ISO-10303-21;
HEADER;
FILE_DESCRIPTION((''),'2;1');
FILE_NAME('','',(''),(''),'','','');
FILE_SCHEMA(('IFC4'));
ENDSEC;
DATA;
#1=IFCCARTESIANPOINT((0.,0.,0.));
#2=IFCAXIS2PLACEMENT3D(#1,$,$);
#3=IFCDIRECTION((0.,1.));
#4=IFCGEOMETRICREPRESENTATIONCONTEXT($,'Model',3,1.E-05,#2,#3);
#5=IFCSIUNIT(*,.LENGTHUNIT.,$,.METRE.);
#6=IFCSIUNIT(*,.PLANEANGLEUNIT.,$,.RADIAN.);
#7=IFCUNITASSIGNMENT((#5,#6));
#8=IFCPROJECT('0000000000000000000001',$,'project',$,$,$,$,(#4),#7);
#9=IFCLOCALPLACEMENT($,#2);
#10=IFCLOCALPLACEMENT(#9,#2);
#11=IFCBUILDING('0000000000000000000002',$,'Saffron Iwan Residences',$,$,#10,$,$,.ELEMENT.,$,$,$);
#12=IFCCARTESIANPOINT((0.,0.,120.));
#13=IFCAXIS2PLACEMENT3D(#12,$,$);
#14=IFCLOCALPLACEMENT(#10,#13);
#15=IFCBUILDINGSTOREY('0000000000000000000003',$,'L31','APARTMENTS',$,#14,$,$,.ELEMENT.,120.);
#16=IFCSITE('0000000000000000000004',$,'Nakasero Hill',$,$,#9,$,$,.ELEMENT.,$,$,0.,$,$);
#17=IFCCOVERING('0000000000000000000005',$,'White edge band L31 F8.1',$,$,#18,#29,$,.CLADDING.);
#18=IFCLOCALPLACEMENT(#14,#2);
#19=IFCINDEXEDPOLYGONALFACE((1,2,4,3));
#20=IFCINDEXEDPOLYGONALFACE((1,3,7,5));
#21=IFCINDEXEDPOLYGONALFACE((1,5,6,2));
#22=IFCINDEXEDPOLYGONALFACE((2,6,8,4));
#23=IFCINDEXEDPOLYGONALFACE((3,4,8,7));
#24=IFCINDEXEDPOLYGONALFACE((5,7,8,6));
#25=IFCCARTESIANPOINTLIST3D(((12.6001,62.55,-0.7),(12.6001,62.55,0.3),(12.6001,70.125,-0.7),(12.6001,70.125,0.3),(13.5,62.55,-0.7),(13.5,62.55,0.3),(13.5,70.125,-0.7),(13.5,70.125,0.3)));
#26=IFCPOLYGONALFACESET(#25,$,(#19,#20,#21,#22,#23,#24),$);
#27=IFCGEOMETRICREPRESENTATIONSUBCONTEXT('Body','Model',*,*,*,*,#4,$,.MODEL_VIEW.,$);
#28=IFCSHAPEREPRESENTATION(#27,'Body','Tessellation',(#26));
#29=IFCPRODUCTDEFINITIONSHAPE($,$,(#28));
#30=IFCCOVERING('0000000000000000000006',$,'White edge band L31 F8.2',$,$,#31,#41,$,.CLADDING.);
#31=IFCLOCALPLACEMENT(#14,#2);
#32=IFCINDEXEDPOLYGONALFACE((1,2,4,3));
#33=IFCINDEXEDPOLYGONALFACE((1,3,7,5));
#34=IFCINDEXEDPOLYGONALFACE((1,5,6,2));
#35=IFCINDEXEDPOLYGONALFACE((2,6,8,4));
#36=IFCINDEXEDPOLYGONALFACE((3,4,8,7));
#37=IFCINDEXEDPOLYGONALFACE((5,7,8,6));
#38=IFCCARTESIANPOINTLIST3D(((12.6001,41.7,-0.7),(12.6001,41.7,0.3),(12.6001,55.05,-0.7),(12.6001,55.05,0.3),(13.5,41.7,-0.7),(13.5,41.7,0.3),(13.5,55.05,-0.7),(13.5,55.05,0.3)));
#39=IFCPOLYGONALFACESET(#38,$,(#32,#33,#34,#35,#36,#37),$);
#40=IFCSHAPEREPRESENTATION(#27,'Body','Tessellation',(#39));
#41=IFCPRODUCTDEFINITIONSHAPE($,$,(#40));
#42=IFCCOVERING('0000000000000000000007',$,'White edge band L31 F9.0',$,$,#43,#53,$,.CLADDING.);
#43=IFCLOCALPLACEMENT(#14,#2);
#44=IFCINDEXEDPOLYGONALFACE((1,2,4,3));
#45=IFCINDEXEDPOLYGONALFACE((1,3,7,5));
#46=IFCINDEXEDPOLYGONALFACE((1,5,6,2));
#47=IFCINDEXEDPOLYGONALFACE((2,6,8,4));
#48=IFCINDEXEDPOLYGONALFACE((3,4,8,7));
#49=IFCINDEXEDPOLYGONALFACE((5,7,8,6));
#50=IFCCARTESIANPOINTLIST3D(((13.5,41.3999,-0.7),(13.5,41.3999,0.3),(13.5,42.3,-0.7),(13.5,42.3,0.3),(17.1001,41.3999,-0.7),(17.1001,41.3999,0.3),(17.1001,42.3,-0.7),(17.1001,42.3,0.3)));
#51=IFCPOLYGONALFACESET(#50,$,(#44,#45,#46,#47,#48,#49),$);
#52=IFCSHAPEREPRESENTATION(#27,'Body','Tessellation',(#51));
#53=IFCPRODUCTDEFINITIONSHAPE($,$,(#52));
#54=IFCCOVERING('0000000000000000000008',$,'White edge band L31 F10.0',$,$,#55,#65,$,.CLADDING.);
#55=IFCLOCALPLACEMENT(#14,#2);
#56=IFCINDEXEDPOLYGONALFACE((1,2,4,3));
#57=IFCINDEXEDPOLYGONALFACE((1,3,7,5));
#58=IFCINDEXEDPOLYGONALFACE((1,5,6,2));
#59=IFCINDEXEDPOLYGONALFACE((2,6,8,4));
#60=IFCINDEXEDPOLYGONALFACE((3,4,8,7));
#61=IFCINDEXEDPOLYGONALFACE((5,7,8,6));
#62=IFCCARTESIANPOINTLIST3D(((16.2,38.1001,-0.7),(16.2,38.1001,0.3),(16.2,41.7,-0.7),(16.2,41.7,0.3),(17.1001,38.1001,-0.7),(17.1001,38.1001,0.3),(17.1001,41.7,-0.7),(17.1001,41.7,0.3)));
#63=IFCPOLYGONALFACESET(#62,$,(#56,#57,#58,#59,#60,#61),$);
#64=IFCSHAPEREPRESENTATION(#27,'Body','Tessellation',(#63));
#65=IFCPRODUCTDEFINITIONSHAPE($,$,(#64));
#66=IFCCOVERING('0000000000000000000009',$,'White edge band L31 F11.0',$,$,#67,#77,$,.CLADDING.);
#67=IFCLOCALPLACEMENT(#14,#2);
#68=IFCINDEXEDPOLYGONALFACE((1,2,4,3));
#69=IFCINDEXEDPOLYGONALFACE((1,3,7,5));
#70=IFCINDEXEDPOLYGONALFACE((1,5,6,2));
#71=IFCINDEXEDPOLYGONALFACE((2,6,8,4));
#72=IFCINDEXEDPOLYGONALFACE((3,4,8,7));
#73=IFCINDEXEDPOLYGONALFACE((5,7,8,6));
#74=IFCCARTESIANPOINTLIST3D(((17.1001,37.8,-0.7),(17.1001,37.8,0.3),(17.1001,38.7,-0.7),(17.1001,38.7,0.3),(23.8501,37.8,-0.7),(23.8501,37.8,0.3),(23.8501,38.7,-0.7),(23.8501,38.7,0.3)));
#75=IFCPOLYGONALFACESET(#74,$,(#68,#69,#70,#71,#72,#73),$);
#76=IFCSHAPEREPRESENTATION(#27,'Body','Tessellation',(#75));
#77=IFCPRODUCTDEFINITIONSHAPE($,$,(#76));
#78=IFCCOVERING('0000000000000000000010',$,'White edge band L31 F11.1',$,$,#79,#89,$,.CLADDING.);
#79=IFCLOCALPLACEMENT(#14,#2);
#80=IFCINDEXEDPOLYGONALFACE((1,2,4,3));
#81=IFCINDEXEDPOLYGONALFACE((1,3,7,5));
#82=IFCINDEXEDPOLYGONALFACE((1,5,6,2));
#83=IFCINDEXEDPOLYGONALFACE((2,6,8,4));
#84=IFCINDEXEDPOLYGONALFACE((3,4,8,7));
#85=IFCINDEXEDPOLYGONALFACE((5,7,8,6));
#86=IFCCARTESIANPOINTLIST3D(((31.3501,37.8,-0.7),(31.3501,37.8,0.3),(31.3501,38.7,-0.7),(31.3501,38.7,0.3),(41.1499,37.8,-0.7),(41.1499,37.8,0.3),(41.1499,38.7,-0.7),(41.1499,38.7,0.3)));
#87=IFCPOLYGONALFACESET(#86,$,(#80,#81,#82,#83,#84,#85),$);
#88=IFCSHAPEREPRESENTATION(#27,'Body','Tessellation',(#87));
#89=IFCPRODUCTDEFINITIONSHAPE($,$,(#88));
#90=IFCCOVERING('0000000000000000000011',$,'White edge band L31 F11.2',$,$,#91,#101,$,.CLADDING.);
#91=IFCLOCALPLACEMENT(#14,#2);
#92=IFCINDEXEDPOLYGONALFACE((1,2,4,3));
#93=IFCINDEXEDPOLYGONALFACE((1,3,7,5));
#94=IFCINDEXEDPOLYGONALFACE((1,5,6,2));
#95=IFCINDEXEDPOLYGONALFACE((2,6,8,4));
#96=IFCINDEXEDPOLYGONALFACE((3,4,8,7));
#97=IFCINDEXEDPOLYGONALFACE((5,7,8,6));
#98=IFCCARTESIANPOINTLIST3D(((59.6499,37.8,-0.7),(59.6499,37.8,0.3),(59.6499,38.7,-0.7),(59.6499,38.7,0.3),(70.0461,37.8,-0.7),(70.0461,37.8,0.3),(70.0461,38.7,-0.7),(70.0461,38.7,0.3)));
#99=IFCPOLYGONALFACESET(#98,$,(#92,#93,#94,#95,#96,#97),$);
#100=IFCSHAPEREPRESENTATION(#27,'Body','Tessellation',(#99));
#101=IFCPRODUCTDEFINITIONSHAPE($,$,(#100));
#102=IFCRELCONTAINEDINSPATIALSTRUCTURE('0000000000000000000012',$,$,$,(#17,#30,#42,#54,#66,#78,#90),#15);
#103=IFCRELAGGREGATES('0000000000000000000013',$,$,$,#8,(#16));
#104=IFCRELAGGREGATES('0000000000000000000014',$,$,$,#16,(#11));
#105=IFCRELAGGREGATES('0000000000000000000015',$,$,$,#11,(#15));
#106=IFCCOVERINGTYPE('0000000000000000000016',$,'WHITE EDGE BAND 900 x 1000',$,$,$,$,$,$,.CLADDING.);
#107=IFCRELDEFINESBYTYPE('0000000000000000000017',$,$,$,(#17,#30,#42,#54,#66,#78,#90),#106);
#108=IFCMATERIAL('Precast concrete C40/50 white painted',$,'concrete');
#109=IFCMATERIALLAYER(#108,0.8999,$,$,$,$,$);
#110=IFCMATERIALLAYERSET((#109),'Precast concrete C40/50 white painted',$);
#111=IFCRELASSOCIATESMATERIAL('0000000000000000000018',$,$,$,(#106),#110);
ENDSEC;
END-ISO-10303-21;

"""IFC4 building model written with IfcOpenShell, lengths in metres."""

from ifc_helpers import new_model, si_unit, direction, frame, origin, place, context, subcontext, project, spatial, polyline, outline, extrude, material, layer, layer_set, type_object, element, save


model = new_model("IFC4")

# Units and contexts
model_context = context("Model", 3, precision=1e-05, world=origin(), true_north=direction((0.0, 1.0)))
body_context = subcontext(model_context, "Body", "Model", "MODEL_VIEW")
ifc_project = project(units=[si_unit("LENGTHUNIT", "METRE"), si_unit("PLANEANGLEUNIT", "RADIAN")], contexts=[model_context])

# Site, building, storey
site_placement = place(None, origin())
site = spatial("IfcSite", under=ifc_project, at=site_placement, Name="Nakasero Hill", CompositionType="ELEMENT", RefElevation=0.0)
building_placement = place(site_placement, origin())
building = spatial("IfcBuilding", under=site, at=building_placement, Name="Saffron Iwan Residences", CompositionType="ELEMENT")
storey_placement = place(building_placement, frame((0.0, 0.0, 120.0)))
storey = spatial("IfcBuildingStorey", under=building, at=storey_placement, Name="L31", Description="APARTMENTS", CompositionType="ELEMENT", Elevation=120.0)

# Coverings
ifc_material = material(Name="Precast concrete C40/50 white painted", Category="concrete")
ifc_layer = layer(ifc_material, 0.8999)
ifc_layer_set = layer_set([ifc_layer], Name="Precast concrete C40/50 white painted")
covering_type = type_object("IfcCoveringType", Name="WHITE EDGE BAND 900 x 1000", PredefinedType="CLADDING", material=ifc_layer_set)
covering_1_placement = place(storey_placement, frame((0.0, 0.0, -0.7)))
element("IfcCovering", 1, at=covering_1_placement, inside=storey, type_object=covering_type, Name="White edge band L31 F8.1", PredefinedType="CLADDING", context=body_context, shape_type="SweptSolid", body=[
    extrude(outline(polyline([(12.6001, 70.125), (12.6001, 62.55), (13.5, 62.55), (13.5, 70.125), (12.6001, 70.125)])), origin(), (0.0, 0.0, 1.0), 1.0),
])
covering_2_placement = place(storey_placement, frame((0.0, 0.0, -0.7)))
element("IfcCovering", 2, at=covering_2_placement, inside=storey, type_object=covering_type, Name="White edge band L31 F8.2", PredefinedType="CLADDING", context=body_context, shape_type="SweptSolid", body=[
    extrude(outline(polyline([(12.6001, 55.05), (12.6001, 41.7), (13.5, 41.7), (13.5, 55.05), (12.6001, 55.05)])), origin(), (0.0, 0.0, 1.0), 1.0),
])
covering_3_placement = place(storey_placement, frame((0.0, 0.0, -0.7)))
element("IfcCovering", 3, at=covering_3_placement, inside=storey, type_object=covering_type, Name="White edge band L31 F9.0", PredefinedType="CLADDING", context=body_context, shape_type="SweptSolid", body=[
    extrude(outline(polyline([(13.5, 41.3999), (17.1001, 41.3999), (17.1001, 42.3), (13.5, 42.3), (13.5, 41.3999)])), origin(), (0.0, 0.0, 1.0), 1.0),
])
covering_4_placement = place(storey_placement, frame((0.0, 0.0, -0.7)))
element("IfcCovering", 4, at=covering_4_placement, inside=storey, type_object=covering_type, Name="White edge band L31 F10.0", PredefinedType="CLADDING", context=body_context, shape_type="SweptSolid", body=[
    extrude(outline(polyline([(16.2, 41.7), (16.2, 38.1001), (17.1001, 38.1001), (17.1001, 41.7), (16.2, 41.7)])), origin(), (0.0, 0.0, 1.0), 1.0),
])
covering_5_placement = place(storey_placement, frame((0.0, 0.0, -0.7)))
element("IfcCovering", 5, at=covering_5_placement, inside=storey, type_object=covering_type, Name="White edge band L31 F11.0", PredefinedType="CLADDING", context=body_context, shape_type="SweptSolid", body=[
    extrude(outline(polyline([(17.1001, 37.8), (23.8501, 37.8), (23.8501, 38.7), (17.1001, 38.7), (17.1001, 37.8)])), origin(), (0.0, 0.0, 1.0), 1.0),
])
covering_6_placement = place(storey_placement, frame((0.0, 0.0, -0.7)))
element("IfcCovering", 6, at=covering_6_placement, inside=storey, type_object=covering_type, Name="White edge band L31 F11.1", PredefinedType="CLADDING", context=body_context, shape_type="SweptSolid", body=[
    extrude(outline(polyline([(31.3501, 37.8), (41.1499, 37.8), (41.1499, 38.7), (31.3501, 38.7), (31.3501, 37.8)])), origin(), (0.0, 0.0, 1.0), 1.0),
])
covering_7_placement = place(storey_placement, frame((0.0, 0.0, -0.7)))
element("IfcCovering", 7, at=covering_7_placement, inside=storey, type_object=covering_type, Name="White edge band L31 F11.2", PredefinedType="CLADDING", context=body_context, shape_type="SweptSolid", body=[
    extrude(outline(polyline([(59.6499, 37.8), (70.0461, 37.8), (70.0461, 38.7), (59.6499, 38.7), (59.6499, 37.8)])), origin(), (0.0, 0.0, 1.0), 1.0),
])

save(model, "model.ifc")
